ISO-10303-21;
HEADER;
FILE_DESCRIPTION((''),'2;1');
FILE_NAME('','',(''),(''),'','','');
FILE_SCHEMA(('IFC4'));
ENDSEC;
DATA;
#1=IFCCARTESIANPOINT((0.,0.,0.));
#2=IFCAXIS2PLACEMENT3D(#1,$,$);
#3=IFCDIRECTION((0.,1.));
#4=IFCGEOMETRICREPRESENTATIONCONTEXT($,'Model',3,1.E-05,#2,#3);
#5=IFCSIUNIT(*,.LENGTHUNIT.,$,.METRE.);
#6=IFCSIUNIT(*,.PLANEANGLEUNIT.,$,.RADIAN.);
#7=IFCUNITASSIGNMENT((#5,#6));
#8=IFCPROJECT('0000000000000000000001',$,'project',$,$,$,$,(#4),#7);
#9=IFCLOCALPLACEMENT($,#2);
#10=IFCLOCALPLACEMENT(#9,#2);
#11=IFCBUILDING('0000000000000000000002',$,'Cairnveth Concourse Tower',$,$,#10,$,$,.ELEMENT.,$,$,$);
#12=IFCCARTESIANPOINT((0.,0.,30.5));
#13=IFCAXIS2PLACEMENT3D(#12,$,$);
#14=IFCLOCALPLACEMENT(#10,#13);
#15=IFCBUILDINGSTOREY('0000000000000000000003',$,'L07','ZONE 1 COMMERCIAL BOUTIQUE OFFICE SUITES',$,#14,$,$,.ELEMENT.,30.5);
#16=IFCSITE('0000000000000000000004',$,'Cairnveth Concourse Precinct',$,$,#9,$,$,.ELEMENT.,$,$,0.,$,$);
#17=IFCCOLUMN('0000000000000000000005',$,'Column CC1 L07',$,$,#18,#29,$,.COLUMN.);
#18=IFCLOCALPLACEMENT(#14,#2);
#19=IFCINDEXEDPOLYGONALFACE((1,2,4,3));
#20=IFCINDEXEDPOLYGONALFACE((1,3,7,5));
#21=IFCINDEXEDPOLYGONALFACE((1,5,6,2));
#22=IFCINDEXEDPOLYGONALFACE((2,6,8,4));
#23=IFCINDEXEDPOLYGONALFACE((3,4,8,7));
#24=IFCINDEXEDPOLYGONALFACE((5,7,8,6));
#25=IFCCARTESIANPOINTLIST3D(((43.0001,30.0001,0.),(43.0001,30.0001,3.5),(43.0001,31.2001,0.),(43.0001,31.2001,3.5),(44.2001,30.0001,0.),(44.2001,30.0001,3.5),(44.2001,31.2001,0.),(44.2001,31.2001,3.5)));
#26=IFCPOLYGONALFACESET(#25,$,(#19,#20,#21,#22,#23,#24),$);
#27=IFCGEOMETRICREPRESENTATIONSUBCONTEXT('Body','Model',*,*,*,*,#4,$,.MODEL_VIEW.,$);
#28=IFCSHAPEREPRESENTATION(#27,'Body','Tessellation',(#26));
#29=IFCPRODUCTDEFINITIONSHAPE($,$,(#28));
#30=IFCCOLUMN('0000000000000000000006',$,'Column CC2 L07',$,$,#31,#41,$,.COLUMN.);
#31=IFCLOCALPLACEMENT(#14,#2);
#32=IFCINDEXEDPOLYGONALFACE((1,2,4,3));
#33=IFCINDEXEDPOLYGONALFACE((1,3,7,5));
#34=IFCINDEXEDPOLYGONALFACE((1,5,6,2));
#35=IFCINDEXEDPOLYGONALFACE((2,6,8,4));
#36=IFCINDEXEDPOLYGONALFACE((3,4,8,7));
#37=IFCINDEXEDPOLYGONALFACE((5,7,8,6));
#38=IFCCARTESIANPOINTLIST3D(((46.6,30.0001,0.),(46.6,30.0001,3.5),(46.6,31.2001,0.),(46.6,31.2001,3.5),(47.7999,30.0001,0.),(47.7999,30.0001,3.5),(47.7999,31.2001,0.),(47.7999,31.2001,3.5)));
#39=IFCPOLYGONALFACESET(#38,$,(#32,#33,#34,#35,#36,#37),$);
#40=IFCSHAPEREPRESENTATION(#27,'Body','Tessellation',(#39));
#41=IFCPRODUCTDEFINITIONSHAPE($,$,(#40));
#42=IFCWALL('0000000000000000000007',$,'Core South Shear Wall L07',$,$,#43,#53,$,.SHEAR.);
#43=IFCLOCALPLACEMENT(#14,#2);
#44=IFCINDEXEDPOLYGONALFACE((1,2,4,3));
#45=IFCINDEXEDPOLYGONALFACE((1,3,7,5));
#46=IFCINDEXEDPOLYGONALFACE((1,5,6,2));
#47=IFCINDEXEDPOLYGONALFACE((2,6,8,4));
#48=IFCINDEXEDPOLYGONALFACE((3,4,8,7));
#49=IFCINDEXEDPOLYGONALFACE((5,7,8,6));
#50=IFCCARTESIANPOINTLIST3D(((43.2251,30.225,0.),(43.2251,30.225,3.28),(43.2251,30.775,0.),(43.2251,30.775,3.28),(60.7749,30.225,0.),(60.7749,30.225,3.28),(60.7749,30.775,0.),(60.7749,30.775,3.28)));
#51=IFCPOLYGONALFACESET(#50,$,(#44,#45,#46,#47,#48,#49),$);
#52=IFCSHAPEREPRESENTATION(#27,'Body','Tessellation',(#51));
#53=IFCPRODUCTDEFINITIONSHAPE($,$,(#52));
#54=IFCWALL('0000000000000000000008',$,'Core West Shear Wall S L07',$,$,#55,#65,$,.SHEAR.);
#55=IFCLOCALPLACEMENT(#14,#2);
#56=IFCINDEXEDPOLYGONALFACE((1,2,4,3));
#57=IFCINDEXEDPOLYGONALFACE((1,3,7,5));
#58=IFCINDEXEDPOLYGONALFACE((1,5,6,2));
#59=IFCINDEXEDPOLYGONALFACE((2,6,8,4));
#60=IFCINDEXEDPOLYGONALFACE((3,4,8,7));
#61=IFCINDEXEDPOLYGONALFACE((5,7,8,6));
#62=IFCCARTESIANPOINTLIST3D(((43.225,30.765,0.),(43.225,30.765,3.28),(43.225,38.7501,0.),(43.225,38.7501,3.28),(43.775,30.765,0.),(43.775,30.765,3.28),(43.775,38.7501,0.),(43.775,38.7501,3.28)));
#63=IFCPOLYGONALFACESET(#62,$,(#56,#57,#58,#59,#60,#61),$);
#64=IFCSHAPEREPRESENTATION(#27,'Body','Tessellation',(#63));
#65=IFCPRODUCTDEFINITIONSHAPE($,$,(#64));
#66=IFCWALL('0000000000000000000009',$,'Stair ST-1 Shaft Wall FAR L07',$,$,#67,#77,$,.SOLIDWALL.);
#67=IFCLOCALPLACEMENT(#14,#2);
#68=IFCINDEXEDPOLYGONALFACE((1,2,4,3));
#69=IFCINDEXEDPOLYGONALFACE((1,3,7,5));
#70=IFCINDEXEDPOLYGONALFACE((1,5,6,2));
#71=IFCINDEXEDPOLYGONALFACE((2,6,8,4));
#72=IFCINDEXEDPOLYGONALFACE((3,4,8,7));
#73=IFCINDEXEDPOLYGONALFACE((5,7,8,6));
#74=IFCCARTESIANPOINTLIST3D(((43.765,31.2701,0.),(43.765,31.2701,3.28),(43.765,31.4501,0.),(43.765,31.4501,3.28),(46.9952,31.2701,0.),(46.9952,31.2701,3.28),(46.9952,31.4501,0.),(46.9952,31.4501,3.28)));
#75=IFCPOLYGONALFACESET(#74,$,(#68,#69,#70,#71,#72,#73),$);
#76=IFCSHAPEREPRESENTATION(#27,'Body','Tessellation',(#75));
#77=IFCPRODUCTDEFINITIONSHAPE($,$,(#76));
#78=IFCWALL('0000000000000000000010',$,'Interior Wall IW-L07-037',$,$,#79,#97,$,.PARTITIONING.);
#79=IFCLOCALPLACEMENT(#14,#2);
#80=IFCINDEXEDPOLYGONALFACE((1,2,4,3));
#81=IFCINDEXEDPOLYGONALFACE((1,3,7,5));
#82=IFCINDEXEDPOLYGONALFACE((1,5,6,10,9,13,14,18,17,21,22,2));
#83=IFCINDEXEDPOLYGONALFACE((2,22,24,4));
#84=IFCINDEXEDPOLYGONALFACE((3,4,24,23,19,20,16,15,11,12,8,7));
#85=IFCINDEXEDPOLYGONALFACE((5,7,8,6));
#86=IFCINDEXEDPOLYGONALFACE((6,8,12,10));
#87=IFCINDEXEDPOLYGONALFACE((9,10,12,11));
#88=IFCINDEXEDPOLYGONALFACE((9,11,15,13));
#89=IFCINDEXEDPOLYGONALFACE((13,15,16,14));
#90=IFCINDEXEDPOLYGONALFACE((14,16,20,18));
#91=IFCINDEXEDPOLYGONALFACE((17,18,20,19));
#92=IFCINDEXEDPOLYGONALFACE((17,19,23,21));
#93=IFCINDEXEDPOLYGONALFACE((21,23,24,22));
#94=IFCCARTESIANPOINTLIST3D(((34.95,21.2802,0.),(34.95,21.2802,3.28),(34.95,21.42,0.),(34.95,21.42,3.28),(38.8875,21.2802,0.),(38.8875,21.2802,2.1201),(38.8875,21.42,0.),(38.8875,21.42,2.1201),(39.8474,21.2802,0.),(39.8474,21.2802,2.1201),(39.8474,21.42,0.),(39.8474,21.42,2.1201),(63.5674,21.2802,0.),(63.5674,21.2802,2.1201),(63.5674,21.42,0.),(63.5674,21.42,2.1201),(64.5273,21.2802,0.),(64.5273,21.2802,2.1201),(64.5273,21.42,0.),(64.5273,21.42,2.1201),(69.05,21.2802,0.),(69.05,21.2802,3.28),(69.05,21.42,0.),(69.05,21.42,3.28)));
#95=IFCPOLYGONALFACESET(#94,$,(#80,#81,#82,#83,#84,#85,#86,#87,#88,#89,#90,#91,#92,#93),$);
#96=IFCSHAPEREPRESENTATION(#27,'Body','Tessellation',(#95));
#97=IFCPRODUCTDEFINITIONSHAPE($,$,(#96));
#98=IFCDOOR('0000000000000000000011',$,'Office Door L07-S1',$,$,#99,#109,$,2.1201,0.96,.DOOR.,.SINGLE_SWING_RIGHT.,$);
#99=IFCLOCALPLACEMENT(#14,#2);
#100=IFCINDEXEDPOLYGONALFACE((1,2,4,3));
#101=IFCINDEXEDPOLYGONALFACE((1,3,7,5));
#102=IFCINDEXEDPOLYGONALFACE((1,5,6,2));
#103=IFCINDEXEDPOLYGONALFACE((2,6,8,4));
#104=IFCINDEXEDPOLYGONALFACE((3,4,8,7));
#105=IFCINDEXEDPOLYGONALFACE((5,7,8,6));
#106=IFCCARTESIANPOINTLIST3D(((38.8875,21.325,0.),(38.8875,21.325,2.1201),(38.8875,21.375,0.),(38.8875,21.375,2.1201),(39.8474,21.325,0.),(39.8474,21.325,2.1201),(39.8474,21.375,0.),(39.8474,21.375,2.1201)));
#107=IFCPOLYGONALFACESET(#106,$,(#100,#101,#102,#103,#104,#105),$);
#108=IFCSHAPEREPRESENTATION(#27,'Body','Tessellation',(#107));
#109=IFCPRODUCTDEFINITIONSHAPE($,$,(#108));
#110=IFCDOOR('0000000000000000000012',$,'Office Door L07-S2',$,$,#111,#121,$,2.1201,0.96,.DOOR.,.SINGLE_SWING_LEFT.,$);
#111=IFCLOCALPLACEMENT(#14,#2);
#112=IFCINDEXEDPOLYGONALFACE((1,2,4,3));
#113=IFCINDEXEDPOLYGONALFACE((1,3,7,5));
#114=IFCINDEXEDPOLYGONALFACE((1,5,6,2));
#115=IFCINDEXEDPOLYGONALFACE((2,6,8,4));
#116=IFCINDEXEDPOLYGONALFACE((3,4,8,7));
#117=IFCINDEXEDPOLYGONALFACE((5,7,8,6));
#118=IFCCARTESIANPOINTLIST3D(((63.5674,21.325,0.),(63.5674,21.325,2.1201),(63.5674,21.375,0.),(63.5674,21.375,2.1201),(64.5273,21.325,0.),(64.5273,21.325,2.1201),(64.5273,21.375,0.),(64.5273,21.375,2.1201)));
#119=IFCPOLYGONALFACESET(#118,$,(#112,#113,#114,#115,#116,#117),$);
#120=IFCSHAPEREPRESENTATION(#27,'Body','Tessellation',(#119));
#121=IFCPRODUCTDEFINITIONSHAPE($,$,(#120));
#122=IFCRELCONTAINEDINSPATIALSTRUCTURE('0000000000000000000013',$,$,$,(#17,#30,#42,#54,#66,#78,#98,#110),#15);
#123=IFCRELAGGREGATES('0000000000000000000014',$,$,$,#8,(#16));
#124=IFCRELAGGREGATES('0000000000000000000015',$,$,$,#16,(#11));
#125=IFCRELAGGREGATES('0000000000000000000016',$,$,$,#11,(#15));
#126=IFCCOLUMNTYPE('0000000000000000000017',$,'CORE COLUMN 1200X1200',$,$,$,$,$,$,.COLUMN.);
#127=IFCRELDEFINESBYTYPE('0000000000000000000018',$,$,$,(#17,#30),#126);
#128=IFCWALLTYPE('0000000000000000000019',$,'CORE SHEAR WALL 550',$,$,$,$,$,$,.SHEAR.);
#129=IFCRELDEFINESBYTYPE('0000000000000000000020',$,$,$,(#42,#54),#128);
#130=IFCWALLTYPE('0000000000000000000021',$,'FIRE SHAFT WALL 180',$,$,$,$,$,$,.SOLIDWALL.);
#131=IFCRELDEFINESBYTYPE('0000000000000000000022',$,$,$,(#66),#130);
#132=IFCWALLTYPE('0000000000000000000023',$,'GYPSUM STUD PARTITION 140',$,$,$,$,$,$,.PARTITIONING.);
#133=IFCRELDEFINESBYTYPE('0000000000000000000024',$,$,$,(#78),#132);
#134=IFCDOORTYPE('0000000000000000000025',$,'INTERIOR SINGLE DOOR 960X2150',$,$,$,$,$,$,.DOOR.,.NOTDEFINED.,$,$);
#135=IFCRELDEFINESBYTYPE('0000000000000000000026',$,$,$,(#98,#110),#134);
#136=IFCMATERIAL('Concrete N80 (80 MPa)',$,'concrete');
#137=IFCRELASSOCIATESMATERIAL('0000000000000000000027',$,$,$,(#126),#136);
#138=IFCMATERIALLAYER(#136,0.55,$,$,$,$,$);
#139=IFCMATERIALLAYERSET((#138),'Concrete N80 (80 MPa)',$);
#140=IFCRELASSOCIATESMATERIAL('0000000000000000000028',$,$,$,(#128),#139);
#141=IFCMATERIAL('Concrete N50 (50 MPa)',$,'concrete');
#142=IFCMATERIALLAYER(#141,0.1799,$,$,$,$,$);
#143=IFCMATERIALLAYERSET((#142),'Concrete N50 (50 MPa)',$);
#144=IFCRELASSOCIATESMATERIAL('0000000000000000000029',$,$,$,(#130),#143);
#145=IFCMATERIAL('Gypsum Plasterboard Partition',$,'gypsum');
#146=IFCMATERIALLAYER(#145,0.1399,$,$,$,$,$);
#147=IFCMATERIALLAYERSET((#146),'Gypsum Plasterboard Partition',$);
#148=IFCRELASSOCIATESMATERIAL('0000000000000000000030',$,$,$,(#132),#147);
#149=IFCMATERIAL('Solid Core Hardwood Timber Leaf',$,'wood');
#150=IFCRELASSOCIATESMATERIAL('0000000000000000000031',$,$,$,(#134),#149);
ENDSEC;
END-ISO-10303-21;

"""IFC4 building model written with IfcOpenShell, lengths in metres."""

from ifc_helpers import new_model, si_unit, direction, frame, frame_2d, origin, origin_2d, place, context, subcontext, project, spatial, rectangle, extrude, material, layer, layer_set, material_profile, profile_set, type_object, element, fill, save


model = new_model("IFC4")

# Units and contexts
model_context = context("Model", 3, precision=1e-05, world=origin(), true_north=direction((0.0, 1.0)))
body_context = subcontext(model_context, "Body", "Model", "MODEL_VIEW")
ifc_project = project(units=[si_unit("LENGTHUNIT", "METRE"), si_unit("PLANEANGLEUNIT", "RADIAN")], contexts=[model_context])

# Site, building, storey
site_placement = place(None, origin())
site = spatial("IfcSite", under=ifc_project, at=site_placement, Name="Cairnveth Concourse Precinct", CompositionType="ELEMENT", RefElevation=0.0)
building_placement = place(site_placement, origin())
building = spatial("IfcBuilding", under=site, at=building_placement, Name="Cairnveth Concourse Tower", CompositionType="ELEMENT")
storey_placement = place(building_placement, frame((0.0, 0.0, 30.5)))
storey = spatial("IfcBuildingStorey", under=building, at=storey_placement, Name="L07", Description="ZONE 1 COMMERCIAL BOUTIQUE OFFICE SUITES", CompositionType="ELEMENT", Elevation=30.5)

# Columns
ifc_material_1 = material(Name="Concrete N80 (80 MPa)", Category="concrete")
ifc_material_profile = material_profile(ifc_material_1, rectangle(XDim=1.2, YDim=1.2, at=origin_2d()), Name="RC-COL-1200x1200")
ifc_profile_set = profile_set([ifc_material_profile], Name="Concrete N80 (80 MPa)")
column_type = type_object("IfcColumnType", Name="CORE COLUMN 1200X1200", PredefinedType="COLUMN", material=ifc_profile_set)
for number, where, z_axis, x_axis, name in (
    (1, (43.6001, 30.6001, 0.0), (0.0, 0.0, 1.0), (1.0, 0.0, 0.0), "Column CC1 L07"),
    (2, (47.2, 30.6001, 0.0), (0.0, 0.0, 1.0), (1.0, 0.0, 0.0), "Column CC2 L07"),
):
    element("IfcColumn", number, at=place(storey_placement, frame(where, z_axis=z_axis, x_axis=x_axis)), inside=storey, type_object=column_type, Name=name, PredefinedType="COLUMN", context=body_context, shape_type="SweptSolid", body=[
        extrude(rectangle(XDim=1.2, YDim=1.2, at=origin_2d()), origin(), (0.0, 0.0, 1.0), 3.5),
    ])

# Walls
ifc_layer_1 = layer(ifc_material_1, 0.55)
ifc_layer_set_1 = layer_set([ifc_layer_1], Name="Concrete N80 (80 MPa)")
wall_type_1 = type_object("IfcWallType", Name="CORE SHEAR WALL 550", PredefinedType="SHEAR", material=ifc_layer_set_1)
wall_1_placement = place(storey_placement, frame((43.2251, 30.5, 0.0), z_axis=(0.0, 0.0, 1.0), x_axis=(1.0, 0.0, 0.0)))
element("IfcWall", 3, at=wall_1_placement, inside=storey, type_object=wall_type_1, Name="Core South Shear Wall L07", PredefinedType="SHEAR", context=body_context, shape_type="SweptSolid", body=[
    extrude(rectangle(XDim=17.5498, YDim=0.55, at=frame_2d((8.7749, 0.0))), origin(), (0.0, 0.0, 1.0), 3.28),
])
wall_2_placement = place(storey_placement, frame((43.5, 30.7649, 0.0), z_axis=(0.0, 0.0, 1.0), x_axis=(0.0, 1.0, 0.0)))
element("IfcWall", 4, at=wall_2_placement, inside=storey, type_object=wall_type_1, Name="Core West Shear Wall S L07", PredefinedType="SHEAR", context=body_context, shape_type="SweptSolid", body=[
    extrude(rectangle(XDim=7.9851, YDim=0.55, at=frame_2d((3.9927, 0.0))), origin(), (0.0, 0.0, 1.0), 3.28),
])
ifc_material_2 = material(Name="Concrete N50 (50 MPa)", Category="concrete")
ifc_layer_2 = layer(ifc_material_2, 0.1799)
ifc_layer_set_2 = layer_set([ifc_layer_2], Name="Concrete N50 (50 MPa)")
wall_type_2 = type_object("IfcWallType", Name="FIRE SHAFT WALL 180", PredefinedType="SOLIDWALL", material=ifc_layer_set_2)
wall_3_placement = place(storey_placement, frame((43.7649, 31.3601, 0.0), z_axis=(0.0, 0.0, 1.0), x_axis=(1.0, 0.0, 0.0)))
element("IfcWall", 5, at=wall_3_placement, inside=storey, type_object=wall_type_2, Name="Stair ST-1 Shaft Wall FAR L07", PredefinedType="SOLIDWALL", context=body_context, shape_type="SweptSolid", body=[
    extrude(rectangle(XDim=3.2302, YDim=0.1799, at=frame_2d((1.6152, 0.0))), origin(), (0.0, 0.0, 1.0), 3.28),
])

# Wall, openings, doors
ifc_material_3 = material(Name="Gypsum Plasterboard Partition", Category="gypsum")
ifc_layer_3 = layer(ifc_material_3, 0.1399)
ifc_layer_set_3 = layer_set([ifc_layer_3], Name="Gypsum Plasterboard Partition")
wall_type_3 = type_object("IfcWallType", Name="GYPSUM STUD PARTITION 140", PredefinedType="PARTITIONING", material=ifc_layer_set_3)
wall_4_placement = place(storey_placement, frame((34.95, 21.3501, 0.0), z_axis=(0.0, 0.0, 1.0), x_axis=(1.0, 0.0, 0.0)))
wall_4 = element("IfcWall", 6, at=wall_4_placement, inside=storey, type_object=wall_type_3, Name="Interior Wall IW-L07-037", PredefinedType="PARTITIONING", context=body_context, shape_type="SweptSolid", body=[
    extrude(rectangle(XDim=34.1001, YDim=0.1399, at=frame_2d((17.05, 0.0))), origin(), (0.0, 0.0, 1.0), 3.28),
])
opening_1_placement = place(wall_4_placement, frame((3.9375, 0.0, 0.0)))
opening_1 = element("IfcOpeningElement", 7, at=opening_1_placement, cuts=wall_4, PredefinedType="OPENING", context=body_context, shape_type="SweptSolid", body=[
    extrude(rectangle(XDim=0.96, YDim=2.1201, at=frame_2d((0.48, 1.0601))), frame((0.0, 0.0798, 0.0), z_axis=(0.0, -1.0, 0.0), x_axis=(1.0, 0.0, 0.0)), (0.0, 0.0, 1.0), 0.1599),
])
opening_2_placement = place(wall_4_placement, frame((28.6174, 0.0, 0.0)))
opening_2 = element("IfcOpeningElement", 8, at=opening_2_placement, cuts=wall_4, PredefinedType="OPENING", context=body_context, shape_type="SweptSolid", body=[
    extrude(rectangle(XDim=0.96, YDim=2.1201, at=frame_2d((0.48, 1.0601))), frame((0.0, 0.0798, 0.0), z_axis=(0.0, -1.0, 0.0), x_axis=(1.0, 0.0, 0.0)), (0.0, 0.0, 1.0), 0.1599),
])
ifc_material_4 = material(Name="Solid Core Hardwood Timber Leaf", Category="wood")
door_type_1 = type_object("IfcDoorType", Name="INTERIOR SINGLE DOOR 960X2150", OperationType="NOTDEFINED", PredefinedType="DOOR", material=ifc_material_4)
door_1_placement = place(opening_1_placement, origin())
door_1 = element("IfcDoor", 9, at=door_1_placement, inside=storey, type_object=door_type_1, Name="Office Door L07-S1", OperationType="SINGLE_SWING_RIGHT", OverallHeight=2.1201, OverallWidth=0.96, PredefinedType="DOOR", context=body_context, shape_type="SweptSolid", body=[
    extrude(rectangle(XDim=0.96, YDim=2.1201, at=frame_2d((0.48, 1.0601))), frame((0.0, 0.0249, 0.0), z_axis=(0.0, -1.0, 0.0), x_axis=(1.0, 0.0, 0.0)), (0.0, 0.0, 1.0), 0.05),
])
fill(opening_1, door_1)
door_2_placement = place(opening_2_placement, origin())
door_2 = element("IfcDoor", 10, at=door_2_placement, inside=storey, type_object=door_type_1, Name="Office Door L07-S2", OperationType="SINGLE_SWING_LEFT", OverallHeight=2.1201, OverallWidth=0.96, PredefinedType="DOOR", context=body_context, shape_type="SweptSolid", body=[
    extrude(rectangle(XDim=0.96, YDim=2.1201, at=frame_2d((0.48, 1.0601))), frame((0.0, 0.0249, 0.0), z_axis=(0.0, -1.0, 0.0), x_axis=(1.0, 0.0, 0.0)), (0.0, 0.0, 1.0), 0.05),
])
fill(opening_2, door_2)

save(model, "model.ifc")
